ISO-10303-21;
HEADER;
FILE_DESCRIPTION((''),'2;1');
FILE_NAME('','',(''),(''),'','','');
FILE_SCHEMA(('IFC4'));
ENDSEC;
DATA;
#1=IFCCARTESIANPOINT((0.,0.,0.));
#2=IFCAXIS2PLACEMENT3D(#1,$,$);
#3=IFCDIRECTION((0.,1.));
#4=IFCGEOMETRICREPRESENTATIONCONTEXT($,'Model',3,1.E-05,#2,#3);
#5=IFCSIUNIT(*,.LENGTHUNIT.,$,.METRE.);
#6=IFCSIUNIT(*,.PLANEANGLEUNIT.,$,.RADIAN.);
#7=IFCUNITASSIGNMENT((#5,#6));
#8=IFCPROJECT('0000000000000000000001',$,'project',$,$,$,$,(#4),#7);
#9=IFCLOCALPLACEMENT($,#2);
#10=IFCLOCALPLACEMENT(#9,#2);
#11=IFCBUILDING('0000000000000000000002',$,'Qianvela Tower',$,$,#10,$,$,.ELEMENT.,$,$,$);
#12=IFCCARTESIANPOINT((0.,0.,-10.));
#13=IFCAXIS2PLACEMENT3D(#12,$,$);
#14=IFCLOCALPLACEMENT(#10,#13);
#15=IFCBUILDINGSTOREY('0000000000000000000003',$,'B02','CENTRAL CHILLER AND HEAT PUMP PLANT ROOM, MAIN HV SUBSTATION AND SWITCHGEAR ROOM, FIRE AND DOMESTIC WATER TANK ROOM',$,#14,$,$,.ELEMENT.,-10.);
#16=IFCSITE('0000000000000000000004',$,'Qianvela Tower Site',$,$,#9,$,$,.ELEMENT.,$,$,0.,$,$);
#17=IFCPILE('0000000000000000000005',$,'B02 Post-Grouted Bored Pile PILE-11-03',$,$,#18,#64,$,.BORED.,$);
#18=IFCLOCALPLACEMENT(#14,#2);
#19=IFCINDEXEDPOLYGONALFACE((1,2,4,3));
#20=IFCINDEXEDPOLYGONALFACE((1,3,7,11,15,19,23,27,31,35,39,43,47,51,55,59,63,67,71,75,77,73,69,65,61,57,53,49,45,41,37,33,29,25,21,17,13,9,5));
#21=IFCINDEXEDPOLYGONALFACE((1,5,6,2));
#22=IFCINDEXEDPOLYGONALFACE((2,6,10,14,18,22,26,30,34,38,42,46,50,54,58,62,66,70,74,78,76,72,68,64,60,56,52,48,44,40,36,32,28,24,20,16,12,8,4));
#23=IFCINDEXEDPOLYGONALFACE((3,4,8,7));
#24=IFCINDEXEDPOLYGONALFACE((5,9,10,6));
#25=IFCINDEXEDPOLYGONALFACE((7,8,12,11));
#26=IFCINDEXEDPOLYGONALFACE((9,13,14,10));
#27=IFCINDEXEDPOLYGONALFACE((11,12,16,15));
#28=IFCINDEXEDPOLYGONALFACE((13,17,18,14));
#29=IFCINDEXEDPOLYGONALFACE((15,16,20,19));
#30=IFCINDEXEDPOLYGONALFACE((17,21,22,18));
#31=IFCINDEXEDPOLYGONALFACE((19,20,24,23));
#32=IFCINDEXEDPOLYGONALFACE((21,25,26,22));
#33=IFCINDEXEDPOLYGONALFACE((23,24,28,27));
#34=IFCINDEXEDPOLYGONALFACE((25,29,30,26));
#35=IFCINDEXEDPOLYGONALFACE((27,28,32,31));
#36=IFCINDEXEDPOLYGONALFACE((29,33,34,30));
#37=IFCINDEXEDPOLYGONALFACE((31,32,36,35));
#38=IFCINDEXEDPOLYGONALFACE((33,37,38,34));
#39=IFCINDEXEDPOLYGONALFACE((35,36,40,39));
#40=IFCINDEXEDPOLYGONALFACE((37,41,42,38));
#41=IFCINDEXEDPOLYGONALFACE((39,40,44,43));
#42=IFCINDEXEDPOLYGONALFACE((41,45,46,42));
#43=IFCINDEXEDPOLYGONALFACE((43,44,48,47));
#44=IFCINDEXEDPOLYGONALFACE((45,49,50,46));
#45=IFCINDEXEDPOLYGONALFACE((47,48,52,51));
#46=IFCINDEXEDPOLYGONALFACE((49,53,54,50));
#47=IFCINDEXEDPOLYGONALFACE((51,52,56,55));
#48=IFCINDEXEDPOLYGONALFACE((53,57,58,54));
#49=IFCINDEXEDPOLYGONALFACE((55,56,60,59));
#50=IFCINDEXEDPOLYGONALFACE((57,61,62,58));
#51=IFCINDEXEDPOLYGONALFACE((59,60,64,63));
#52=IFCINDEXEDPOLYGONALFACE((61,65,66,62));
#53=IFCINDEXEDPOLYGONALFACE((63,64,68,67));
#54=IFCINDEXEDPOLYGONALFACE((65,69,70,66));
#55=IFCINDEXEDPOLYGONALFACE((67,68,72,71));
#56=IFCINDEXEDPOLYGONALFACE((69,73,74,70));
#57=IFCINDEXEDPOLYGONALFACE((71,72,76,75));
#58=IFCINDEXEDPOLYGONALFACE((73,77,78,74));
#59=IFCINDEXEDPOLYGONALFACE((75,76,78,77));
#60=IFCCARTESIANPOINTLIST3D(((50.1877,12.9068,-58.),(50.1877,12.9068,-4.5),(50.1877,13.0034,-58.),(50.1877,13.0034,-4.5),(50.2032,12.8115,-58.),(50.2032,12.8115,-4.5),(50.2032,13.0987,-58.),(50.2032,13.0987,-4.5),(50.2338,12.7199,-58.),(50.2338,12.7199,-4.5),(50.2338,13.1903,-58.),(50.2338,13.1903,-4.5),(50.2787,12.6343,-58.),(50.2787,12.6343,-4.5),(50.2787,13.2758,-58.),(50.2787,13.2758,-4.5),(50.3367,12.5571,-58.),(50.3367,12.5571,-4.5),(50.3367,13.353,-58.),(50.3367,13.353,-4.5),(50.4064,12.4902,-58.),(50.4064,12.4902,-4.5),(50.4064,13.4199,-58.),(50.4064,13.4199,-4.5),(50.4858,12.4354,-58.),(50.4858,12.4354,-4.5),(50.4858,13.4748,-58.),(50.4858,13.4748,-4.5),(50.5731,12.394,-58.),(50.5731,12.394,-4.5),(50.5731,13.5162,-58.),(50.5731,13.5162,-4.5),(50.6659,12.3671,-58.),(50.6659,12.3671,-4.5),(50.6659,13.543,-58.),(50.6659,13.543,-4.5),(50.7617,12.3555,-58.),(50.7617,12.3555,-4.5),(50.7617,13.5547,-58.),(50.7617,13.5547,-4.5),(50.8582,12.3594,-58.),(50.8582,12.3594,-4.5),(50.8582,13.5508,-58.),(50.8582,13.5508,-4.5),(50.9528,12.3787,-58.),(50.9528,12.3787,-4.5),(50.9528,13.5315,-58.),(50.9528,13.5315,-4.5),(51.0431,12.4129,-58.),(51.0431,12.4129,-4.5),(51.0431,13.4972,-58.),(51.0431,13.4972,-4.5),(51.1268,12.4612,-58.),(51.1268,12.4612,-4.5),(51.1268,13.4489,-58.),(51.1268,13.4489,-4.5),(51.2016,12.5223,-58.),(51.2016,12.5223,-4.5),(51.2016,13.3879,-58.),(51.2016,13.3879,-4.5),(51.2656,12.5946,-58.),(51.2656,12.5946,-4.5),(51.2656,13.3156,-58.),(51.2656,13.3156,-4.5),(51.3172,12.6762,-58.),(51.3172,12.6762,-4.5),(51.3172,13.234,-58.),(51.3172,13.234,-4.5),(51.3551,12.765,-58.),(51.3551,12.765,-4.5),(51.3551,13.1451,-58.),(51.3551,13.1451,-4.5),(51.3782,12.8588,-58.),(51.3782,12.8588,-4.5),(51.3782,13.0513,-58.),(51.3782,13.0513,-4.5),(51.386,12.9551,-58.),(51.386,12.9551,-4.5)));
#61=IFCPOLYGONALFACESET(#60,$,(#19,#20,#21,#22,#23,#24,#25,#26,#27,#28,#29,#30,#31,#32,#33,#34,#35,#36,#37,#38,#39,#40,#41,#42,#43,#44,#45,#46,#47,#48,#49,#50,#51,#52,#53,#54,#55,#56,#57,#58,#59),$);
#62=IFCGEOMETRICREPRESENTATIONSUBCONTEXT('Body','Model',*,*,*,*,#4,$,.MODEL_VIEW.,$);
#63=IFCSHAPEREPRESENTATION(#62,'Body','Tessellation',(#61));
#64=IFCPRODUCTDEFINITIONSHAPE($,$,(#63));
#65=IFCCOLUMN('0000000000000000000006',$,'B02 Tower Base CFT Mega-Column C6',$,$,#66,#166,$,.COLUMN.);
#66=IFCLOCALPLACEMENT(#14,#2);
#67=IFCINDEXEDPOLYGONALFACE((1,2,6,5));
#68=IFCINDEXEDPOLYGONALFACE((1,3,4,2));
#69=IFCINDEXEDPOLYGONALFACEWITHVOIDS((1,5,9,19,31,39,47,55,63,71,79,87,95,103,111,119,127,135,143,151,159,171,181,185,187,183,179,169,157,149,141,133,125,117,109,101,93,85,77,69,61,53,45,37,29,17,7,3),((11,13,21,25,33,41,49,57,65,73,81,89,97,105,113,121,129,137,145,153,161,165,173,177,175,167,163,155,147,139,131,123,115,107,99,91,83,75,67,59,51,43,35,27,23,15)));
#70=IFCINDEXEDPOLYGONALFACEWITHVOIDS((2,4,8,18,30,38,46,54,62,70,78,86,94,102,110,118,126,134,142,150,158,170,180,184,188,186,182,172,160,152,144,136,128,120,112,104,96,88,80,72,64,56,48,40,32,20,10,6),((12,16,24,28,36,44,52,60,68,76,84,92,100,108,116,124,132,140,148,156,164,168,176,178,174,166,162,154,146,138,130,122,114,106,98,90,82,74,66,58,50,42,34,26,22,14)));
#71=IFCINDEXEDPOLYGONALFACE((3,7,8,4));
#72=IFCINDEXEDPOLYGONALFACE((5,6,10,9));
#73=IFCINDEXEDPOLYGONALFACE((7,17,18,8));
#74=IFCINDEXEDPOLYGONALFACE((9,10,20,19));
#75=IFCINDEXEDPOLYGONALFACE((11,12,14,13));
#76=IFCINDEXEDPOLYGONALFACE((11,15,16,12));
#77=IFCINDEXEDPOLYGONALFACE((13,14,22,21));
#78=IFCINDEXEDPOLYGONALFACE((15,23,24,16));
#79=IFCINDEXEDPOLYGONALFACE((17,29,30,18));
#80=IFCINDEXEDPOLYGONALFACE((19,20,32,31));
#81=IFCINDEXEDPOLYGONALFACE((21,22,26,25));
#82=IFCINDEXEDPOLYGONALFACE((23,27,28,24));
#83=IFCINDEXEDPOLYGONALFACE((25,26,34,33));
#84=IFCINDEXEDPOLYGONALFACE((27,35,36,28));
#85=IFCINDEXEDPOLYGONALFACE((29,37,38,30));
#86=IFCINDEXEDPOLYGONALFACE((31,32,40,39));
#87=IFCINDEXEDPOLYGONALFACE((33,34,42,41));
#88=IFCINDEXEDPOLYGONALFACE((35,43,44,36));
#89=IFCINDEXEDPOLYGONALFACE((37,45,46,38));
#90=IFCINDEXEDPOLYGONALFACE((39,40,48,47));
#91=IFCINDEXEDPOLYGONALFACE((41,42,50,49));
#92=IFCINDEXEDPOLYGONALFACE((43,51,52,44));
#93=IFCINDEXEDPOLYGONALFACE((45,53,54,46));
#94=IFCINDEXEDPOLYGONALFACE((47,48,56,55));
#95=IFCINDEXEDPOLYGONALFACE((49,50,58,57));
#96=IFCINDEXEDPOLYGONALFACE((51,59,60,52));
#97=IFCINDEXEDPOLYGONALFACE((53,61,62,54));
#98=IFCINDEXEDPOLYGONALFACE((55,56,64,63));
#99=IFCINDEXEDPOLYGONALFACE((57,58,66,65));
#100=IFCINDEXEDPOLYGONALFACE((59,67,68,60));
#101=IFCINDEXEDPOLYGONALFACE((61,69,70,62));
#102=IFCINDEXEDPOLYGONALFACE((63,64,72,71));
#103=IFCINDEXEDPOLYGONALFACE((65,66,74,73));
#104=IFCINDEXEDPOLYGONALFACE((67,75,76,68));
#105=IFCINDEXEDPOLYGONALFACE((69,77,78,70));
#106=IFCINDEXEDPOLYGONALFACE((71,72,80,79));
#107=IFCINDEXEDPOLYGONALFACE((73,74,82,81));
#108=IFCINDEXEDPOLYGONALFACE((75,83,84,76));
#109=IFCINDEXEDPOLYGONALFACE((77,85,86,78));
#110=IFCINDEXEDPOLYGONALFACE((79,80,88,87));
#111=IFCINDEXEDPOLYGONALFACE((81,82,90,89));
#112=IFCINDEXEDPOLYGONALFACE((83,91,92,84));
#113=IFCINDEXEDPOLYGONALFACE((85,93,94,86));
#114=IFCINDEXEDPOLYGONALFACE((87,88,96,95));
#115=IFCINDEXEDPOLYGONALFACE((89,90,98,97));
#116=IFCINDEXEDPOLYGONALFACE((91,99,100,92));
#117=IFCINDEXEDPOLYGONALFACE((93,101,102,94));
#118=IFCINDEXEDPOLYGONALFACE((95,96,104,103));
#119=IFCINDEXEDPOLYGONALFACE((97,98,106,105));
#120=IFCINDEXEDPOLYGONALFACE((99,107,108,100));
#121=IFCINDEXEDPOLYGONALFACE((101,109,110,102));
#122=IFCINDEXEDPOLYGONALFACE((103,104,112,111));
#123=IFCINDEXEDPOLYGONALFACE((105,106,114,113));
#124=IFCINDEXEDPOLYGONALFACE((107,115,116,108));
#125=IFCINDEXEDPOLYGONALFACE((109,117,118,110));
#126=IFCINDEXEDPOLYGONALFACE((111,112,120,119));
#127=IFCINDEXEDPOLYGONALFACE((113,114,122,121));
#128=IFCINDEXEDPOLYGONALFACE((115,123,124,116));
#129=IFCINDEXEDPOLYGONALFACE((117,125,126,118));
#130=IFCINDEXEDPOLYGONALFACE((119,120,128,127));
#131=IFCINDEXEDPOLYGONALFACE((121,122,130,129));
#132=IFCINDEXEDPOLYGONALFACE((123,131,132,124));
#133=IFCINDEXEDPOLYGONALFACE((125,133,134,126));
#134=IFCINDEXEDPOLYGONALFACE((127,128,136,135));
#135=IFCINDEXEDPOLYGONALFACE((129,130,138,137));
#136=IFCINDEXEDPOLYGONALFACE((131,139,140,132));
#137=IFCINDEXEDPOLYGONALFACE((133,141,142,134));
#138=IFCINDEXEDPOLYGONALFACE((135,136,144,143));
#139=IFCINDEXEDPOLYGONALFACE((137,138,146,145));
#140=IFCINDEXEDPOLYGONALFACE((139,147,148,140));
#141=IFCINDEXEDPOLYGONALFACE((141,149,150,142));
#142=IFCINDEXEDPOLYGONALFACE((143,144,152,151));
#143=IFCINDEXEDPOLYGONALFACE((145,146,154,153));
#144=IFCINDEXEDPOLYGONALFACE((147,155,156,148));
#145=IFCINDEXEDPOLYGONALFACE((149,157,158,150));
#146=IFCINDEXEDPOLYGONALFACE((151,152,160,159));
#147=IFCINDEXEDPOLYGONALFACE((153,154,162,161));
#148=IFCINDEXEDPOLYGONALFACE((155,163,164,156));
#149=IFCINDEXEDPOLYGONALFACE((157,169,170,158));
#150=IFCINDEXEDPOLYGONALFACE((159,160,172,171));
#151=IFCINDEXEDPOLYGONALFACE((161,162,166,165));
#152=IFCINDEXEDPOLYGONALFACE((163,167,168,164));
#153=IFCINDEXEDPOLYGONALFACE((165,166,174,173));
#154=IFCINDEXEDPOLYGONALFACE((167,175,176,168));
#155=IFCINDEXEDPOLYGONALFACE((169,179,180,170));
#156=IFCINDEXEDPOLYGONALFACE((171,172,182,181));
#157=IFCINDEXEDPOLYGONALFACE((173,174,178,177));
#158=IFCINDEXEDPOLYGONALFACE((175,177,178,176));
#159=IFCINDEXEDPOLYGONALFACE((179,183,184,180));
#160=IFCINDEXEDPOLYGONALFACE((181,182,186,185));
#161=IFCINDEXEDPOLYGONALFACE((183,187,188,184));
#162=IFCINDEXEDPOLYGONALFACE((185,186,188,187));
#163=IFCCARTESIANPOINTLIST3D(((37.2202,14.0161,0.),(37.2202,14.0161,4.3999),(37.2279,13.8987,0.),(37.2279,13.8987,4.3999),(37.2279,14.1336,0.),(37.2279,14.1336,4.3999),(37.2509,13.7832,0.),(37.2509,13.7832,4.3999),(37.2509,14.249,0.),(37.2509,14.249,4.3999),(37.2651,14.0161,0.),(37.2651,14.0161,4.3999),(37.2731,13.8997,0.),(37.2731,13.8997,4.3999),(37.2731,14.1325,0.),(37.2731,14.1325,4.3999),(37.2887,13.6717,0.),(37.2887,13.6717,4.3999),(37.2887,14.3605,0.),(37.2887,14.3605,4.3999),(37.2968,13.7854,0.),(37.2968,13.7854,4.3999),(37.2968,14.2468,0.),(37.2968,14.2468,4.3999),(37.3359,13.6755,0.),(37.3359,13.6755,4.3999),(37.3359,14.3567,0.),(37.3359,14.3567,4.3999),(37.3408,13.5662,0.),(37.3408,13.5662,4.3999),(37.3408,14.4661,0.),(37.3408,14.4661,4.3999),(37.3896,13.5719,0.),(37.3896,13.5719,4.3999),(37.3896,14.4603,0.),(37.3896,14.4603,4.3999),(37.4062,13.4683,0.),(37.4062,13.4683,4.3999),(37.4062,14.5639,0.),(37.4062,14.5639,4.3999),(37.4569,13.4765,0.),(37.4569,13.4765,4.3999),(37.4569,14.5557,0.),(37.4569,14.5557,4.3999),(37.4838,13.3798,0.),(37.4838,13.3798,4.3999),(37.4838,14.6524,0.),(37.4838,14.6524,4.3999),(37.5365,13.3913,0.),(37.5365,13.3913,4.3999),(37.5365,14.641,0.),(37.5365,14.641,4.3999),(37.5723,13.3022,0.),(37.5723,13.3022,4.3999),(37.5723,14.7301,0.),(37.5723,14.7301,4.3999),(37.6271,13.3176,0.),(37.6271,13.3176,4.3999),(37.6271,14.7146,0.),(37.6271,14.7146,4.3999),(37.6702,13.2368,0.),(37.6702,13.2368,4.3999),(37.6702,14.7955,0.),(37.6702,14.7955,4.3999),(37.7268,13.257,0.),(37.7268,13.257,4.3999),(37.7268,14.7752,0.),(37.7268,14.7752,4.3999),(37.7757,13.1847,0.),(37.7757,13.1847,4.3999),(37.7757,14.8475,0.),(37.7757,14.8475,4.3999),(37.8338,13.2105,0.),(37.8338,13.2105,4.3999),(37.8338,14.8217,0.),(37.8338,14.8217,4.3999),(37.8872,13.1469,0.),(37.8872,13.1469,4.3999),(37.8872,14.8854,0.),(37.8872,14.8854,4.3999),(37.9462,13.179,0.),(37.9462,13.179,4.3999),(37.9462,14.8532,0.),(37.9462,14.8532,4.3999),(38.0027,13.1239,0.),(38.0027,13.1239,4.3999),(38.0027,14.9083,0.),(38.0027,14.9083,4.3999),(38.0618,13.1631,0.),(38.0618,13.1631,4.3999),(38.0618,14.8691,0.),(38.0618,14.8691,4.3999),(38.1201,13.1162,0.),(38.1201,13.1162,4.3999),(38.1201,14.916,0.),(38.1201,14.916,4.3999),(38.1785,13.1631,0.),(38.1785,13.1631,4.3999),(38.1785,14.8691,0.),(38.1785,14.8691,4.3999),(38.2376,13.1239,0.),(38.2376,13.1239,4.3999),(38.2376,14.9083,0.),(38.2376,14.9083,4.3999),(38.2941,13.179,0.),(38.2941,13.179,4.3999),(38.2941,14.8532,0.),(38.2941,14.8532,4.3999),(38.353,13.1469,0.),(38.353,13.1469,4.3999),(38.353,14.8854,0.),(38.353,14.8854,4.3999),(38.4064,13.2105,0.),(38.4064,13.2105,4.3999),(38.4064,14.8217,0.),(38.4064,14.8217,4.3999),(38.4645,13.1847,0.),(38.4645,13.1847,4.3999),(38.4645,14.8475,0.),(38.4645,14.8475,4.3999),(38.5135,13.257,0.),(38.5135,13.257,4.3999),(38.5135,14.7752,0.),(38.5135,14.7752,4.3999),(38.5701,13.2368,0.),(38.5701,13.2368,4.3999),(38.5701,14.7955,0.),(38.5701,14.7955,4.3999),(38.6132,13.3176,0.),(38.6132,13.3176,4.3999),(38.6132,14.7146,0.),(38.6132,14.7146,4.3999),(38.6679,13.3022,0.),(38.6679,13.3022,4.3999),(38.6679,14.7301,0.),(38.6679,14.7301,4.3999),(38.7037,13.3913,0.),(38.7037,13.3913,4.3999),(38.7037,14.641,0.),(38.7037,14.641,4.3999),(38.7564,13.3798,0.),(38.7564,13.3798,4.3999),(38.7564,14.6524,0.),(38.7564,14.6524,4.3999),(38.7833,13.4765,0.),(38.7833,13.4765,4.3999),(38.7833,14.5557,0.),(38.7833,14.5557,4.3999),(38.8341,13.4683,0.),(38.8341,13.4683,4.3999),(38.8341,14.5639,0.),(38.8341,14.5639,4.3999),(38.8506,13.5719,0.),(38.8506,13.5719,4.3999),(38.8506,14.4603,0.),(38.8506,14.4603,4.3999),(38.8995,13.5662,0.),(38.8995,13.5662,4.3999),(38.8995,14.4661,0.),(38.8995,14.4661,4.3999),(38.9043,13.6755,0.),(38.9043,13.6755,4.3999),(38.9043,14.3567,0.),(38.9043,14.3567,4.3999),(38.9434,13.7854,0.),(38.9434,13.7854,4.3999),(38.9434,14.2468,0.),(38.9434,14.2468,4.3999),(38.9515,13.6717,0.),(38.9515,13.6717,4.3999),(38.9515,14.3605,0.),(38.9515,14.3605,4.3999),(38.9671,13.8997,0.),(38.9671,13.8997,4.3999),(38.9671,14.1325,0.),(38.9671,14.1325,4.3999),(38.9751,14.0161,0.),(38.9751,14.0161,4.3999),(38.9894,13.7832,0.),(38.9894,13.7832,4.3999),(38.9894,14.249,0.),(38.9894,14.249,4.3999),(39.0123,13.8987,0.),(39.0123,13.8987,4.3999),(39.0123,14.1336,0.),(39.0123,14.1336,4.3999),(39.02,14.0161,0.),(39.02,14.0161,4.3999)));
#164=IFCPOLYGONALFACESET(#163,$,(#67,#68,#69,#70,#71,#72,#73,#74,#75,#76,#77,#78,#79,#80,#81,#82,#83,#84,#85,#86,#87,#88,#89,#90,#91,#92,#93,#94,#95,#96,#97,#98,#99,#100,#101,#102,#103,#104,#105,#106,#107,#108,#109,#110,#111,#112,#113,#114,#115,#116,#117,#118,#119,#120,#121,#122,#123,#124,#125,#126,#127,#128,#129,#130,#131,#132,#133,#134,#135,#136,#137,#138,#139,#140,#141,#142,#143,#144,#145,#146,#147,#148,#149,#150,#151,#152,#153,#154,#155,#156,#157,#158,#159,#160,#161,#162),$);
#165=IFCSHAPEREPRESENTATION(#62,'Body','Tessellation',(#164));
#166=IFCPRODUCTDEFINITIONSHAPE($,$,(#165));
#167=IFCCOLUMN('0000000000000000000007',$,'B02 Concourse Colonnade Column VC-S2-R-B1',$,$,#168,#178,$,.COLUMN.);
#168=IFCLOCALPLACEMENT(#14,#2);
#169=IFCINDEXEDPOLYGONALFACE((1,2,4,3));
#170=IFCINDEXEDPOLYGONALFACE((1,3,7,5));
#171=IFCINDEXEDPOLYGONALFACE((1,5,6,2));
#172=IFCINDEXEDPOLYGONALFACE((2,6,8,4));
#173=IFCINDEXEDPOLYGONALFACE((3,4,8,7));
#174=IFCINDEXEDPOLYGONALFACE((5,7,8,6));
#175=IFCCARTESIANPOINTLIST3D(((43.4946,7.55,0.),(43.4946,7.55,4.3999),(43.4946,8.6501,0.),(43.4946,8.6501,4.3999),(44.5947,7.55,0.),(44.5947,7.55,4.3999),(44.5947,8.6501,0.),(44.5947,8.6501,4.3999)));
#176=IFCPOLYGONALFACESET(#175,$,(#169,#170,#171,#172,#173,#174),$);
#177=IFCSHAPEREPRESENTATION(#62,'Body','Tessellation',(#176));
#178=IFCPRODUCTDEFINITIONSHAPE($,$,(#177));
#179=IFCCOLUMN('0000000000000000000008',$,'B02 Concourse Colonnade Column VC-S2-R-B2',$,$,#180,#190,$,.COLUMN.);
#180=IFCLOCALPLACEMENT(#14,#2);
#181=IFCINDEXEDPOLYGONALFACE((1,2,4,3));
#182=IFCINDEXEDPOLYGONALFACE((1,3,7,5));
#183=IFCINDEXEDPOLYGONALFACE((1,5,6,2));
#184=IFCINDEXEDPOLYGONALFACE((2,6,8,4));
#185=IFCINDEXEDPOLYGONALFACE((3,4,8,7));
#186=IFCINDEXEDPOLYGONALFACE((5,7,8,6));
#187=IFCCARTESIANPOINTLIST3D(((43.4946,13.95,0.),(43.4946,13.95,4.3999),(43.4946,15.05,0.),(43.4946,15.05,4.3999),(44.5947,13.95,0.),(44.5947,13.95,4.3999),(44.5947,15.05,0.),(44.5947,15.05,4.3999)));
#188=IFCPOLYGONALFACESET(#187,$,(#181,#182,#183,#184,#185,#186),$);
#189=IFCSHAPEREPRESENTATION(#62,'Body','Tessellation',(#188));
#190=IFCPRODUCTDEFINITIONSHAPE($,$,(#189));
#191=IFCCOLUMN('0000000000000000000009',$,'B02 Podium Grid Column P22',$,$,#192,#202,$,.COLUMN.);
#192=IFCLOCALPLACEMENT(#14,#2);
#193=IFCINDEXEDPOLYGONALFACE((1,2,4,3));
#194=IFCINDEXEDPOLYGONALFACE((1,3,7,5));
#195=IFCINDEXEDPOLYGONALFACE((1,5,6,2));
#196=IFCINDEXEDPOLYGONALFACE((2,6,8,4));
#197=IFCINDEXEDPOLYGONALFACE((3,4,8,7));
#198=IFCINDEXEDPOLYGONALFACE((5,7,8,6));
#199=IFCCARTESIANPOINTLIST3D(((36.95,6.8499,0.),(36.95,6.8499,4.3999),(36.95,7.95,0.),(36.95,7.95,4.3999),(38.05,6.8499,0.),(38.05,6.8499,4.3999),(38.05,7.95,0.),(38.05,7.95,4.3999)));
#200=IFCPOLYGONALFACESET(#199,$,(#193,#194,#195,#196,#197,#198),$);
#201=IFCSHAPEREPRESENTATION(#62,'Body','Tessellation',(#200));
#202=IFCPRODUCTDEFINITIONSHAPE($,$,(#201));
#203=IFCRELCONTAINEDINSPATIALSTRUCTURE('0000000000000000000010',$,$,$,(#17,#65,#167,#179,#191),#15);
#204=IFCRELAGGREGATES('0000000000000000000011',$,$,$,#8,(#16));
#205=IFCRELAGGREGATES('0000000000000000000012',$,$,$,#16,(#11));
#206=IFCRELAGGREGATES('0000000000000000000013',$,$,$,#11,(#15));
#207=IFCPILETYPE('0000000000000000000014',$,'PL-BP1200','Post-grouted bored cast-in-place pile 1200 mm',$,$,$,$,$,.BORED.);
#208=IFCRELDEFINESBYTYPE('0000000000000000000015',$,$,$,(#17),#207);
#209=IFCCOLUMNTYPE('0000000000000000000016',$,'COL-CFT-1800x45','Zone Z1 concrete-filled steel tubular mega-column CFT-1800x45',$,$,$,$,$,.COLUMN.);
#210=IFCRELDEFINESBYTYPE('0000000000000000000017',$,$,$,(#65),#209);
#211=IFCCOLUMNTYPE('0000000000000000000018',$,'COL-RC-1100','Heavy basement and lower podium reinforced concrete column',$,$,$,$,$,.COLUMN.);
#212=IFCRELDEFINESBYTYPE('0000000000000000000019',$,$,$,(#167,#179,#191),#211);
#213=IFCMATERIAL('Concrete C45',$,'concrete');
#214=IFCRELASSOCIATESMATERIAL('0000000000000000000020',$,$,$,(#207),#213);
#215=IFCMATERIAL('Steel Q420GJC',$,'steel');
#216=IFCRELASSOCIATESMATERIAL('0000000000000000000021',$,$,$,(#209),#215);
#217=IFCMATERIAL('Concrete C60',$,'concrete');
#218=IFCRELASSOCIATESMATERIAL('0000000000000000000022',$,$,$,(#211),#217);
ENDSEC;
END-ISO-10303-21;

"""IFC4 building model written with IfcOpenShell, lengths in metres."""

from ifc_helpers import new_model, si_unit, direction, frame, origin, origin_2d, place, context, subcontext, project, spatial, rectangle, circle, hollow_circle, extrude, material, material_profile, profile_set, type_object, element, save


model = new_model("IFC4")

# Units and contexts
model_context = context("Model", 3, precision=1e-05, world=origin(), true_north=direction((0.0, 1.0)))
body_context = subcontext(model_context, "Body", "Model", "MODEL_VIEW")
ifc_project = project(units=[si_unit("LENGTHUNIT", "METRE"), si_unit("PLANEANGLEUNIT", "RADIAN")], contexts=[model_context])

# Site, building, storey
site_placement = place(None, origin())
site = spatial("IfcSite", under=ifc_project, at=site_placement, Name="Qianvela Tower Site", CompositionType="ELEMENT", RefElevation=0.0)
building_placement = place(site_placement, origin())
building = spatial("IfcBuilding", under=site, at=building_placement, Name="Qianvela Tower", CompositionType="ELEMENT")
storey_placement = place(building_placement, frame((0.0, 0.0, -10.0)))
storey = spatial("IfcBuildingStorey", under=building, at=storey_placement, Name="B02", Description="CENTRAL CHILLER AND HEAT PUMP PLANT ROOM, MAIN HV SUBSTATION AND SWITCHGEAR ROOM, FIRE AND DOMESTIC WATER TANK ROOM", CompositionType="ELEMENT", Elevation=-10.0)

# Pile
ifc_material_1 = material(Name="Concrete C45", Category="concrete")
ifc_material_profile_1 = material_profile(ifc_material_1, circle(Radius=0.6001, at=origin_2d()), Name="BP-1200")
ifc_profile_set_1 = profile_set([ifc_material_profile_1], Name="Concrete C45")
pile_type = type_object("IfcPileType", Name="PL-BP1200", Description="Post-grouted bored cast-in-place pile 1200 mm", PredefinedType="BORED", material=ifc_profile_set_1)
for number, where, z_axis, x_axis, name in (
    (1, (50.7859, 12.9551, -4.5), (0.0, 0.0, -1.0), (1.0, 0.0, 0.0), "B02 Post-Grouted Bored Pile PILE-11-03"),
):
    element("IfcPile", number, at=place(storey_placement, frame(where, z_axis=z_axis, x_axis=x_axis)), inside=storey, type_object=pile_type, Name=name, PredefinedType="BORED", context=body_context, shape_type="SweptSolid", body=[
        extrude(circle(Radius=0.6001, at=origin_2d()), origin(), (0.0, 0.0, 1.0), 53.5),
    ])

# Columns
ifc_material_2 = material(Name="Steel Q420GJC", Category="steel")
ifc_material_profile_2 = material_profile(ifc_material_2, hollow_circle(Radius=0.8999, WallThickness=0.0449, at=origin_2d()), Name="CFT-1800x45")
ifc_profile_set_2 = profile_set([ifc_material_profile_2], Name="Steel Q420GJC")
column_type_1 = type_object("IfcColumnType", Name="COL-CFT-1800x45", Description="Zone Z1 concrete-filled steel tubular mega-column CFT-1800x45", PredefinedType="COLUMN", material=ifc_profile_set_2)
column_placement = place(storey_placement, frame((38.1201, 14.0161, 0.0), z_axis=(0.0, 0.0, 1.0), x_axis=(1.0, 0.0, 0.0)))
element("IfcColumn", 2, at=column_placement, inside=storey, type_object=column_type_1, Name="B02 Tower Base CFT Mega-Column C6", PredefinedType="COLUMN", context=body_context, shape_type="SweptSolid", body=[
    extrude(hollow_circle(Radius=0.8999, WallThickness=0.0449, at=origin_2d()), origin(), (0.0, 0.0, 1.0), 4.3999),
])
ifc_material_3 = material(Name="Concrete C60", Category="concrete")
ifc_material_profile_3 = material_profile(ifc_material_3, rectangle(XDim=1.1001, YDim=1.1001, at=origin_2d()), Name="RC-COL-1100x1100")
ifc_profile_set_3 = profile_set([ifc_material_profile_3], Name="Concrete C60")
column_type_2 = type_object("IfcColumnType", Name="COL-RC-1100", Description="Heavy basement and lower podium reinforced concrete column", PredefinedType="COLUMN", material=ifc_profile_set_3)
for number, where, z_axis, x_axis, name in (
    (3, (44.0447, 8.1001, 0.0), (0.0, 0.0, 1.0), (1.0, 0.0, 0.0), "B02 Concourse Colonnade Column VC-S2-R-B1"),
    (4, (44.0447, 14.5, 0.0), (0.0, 0.0, 1.0), (1.0, 0.0, 0.0), "B02 Concourse Colonnade Column VC-S2-R-B2"),
    (5, (37.5, 7.3999, 0.0), (0.0, 0.0, 1.0), (1.0, 0.0, 0.0), "B02 Podium Grid Column P22"),
):
    element("IfcColumn", number, at=place(storey_placement, frame(where, z_axis=z_axis, x_axis=x_axis)), inside=storey, type_object=column_type_2, Name=name, PredefinedType="COLUMN", context=body_context, shape_type="SweptSolid", body=[
        extrude(rectangle(XDim=1.1001, YDim=1.1001, at=origin_2d()), origin(), (0.0, 0.0, 1.0), 4.3999),
    ])

save(model, "model.ifc")
